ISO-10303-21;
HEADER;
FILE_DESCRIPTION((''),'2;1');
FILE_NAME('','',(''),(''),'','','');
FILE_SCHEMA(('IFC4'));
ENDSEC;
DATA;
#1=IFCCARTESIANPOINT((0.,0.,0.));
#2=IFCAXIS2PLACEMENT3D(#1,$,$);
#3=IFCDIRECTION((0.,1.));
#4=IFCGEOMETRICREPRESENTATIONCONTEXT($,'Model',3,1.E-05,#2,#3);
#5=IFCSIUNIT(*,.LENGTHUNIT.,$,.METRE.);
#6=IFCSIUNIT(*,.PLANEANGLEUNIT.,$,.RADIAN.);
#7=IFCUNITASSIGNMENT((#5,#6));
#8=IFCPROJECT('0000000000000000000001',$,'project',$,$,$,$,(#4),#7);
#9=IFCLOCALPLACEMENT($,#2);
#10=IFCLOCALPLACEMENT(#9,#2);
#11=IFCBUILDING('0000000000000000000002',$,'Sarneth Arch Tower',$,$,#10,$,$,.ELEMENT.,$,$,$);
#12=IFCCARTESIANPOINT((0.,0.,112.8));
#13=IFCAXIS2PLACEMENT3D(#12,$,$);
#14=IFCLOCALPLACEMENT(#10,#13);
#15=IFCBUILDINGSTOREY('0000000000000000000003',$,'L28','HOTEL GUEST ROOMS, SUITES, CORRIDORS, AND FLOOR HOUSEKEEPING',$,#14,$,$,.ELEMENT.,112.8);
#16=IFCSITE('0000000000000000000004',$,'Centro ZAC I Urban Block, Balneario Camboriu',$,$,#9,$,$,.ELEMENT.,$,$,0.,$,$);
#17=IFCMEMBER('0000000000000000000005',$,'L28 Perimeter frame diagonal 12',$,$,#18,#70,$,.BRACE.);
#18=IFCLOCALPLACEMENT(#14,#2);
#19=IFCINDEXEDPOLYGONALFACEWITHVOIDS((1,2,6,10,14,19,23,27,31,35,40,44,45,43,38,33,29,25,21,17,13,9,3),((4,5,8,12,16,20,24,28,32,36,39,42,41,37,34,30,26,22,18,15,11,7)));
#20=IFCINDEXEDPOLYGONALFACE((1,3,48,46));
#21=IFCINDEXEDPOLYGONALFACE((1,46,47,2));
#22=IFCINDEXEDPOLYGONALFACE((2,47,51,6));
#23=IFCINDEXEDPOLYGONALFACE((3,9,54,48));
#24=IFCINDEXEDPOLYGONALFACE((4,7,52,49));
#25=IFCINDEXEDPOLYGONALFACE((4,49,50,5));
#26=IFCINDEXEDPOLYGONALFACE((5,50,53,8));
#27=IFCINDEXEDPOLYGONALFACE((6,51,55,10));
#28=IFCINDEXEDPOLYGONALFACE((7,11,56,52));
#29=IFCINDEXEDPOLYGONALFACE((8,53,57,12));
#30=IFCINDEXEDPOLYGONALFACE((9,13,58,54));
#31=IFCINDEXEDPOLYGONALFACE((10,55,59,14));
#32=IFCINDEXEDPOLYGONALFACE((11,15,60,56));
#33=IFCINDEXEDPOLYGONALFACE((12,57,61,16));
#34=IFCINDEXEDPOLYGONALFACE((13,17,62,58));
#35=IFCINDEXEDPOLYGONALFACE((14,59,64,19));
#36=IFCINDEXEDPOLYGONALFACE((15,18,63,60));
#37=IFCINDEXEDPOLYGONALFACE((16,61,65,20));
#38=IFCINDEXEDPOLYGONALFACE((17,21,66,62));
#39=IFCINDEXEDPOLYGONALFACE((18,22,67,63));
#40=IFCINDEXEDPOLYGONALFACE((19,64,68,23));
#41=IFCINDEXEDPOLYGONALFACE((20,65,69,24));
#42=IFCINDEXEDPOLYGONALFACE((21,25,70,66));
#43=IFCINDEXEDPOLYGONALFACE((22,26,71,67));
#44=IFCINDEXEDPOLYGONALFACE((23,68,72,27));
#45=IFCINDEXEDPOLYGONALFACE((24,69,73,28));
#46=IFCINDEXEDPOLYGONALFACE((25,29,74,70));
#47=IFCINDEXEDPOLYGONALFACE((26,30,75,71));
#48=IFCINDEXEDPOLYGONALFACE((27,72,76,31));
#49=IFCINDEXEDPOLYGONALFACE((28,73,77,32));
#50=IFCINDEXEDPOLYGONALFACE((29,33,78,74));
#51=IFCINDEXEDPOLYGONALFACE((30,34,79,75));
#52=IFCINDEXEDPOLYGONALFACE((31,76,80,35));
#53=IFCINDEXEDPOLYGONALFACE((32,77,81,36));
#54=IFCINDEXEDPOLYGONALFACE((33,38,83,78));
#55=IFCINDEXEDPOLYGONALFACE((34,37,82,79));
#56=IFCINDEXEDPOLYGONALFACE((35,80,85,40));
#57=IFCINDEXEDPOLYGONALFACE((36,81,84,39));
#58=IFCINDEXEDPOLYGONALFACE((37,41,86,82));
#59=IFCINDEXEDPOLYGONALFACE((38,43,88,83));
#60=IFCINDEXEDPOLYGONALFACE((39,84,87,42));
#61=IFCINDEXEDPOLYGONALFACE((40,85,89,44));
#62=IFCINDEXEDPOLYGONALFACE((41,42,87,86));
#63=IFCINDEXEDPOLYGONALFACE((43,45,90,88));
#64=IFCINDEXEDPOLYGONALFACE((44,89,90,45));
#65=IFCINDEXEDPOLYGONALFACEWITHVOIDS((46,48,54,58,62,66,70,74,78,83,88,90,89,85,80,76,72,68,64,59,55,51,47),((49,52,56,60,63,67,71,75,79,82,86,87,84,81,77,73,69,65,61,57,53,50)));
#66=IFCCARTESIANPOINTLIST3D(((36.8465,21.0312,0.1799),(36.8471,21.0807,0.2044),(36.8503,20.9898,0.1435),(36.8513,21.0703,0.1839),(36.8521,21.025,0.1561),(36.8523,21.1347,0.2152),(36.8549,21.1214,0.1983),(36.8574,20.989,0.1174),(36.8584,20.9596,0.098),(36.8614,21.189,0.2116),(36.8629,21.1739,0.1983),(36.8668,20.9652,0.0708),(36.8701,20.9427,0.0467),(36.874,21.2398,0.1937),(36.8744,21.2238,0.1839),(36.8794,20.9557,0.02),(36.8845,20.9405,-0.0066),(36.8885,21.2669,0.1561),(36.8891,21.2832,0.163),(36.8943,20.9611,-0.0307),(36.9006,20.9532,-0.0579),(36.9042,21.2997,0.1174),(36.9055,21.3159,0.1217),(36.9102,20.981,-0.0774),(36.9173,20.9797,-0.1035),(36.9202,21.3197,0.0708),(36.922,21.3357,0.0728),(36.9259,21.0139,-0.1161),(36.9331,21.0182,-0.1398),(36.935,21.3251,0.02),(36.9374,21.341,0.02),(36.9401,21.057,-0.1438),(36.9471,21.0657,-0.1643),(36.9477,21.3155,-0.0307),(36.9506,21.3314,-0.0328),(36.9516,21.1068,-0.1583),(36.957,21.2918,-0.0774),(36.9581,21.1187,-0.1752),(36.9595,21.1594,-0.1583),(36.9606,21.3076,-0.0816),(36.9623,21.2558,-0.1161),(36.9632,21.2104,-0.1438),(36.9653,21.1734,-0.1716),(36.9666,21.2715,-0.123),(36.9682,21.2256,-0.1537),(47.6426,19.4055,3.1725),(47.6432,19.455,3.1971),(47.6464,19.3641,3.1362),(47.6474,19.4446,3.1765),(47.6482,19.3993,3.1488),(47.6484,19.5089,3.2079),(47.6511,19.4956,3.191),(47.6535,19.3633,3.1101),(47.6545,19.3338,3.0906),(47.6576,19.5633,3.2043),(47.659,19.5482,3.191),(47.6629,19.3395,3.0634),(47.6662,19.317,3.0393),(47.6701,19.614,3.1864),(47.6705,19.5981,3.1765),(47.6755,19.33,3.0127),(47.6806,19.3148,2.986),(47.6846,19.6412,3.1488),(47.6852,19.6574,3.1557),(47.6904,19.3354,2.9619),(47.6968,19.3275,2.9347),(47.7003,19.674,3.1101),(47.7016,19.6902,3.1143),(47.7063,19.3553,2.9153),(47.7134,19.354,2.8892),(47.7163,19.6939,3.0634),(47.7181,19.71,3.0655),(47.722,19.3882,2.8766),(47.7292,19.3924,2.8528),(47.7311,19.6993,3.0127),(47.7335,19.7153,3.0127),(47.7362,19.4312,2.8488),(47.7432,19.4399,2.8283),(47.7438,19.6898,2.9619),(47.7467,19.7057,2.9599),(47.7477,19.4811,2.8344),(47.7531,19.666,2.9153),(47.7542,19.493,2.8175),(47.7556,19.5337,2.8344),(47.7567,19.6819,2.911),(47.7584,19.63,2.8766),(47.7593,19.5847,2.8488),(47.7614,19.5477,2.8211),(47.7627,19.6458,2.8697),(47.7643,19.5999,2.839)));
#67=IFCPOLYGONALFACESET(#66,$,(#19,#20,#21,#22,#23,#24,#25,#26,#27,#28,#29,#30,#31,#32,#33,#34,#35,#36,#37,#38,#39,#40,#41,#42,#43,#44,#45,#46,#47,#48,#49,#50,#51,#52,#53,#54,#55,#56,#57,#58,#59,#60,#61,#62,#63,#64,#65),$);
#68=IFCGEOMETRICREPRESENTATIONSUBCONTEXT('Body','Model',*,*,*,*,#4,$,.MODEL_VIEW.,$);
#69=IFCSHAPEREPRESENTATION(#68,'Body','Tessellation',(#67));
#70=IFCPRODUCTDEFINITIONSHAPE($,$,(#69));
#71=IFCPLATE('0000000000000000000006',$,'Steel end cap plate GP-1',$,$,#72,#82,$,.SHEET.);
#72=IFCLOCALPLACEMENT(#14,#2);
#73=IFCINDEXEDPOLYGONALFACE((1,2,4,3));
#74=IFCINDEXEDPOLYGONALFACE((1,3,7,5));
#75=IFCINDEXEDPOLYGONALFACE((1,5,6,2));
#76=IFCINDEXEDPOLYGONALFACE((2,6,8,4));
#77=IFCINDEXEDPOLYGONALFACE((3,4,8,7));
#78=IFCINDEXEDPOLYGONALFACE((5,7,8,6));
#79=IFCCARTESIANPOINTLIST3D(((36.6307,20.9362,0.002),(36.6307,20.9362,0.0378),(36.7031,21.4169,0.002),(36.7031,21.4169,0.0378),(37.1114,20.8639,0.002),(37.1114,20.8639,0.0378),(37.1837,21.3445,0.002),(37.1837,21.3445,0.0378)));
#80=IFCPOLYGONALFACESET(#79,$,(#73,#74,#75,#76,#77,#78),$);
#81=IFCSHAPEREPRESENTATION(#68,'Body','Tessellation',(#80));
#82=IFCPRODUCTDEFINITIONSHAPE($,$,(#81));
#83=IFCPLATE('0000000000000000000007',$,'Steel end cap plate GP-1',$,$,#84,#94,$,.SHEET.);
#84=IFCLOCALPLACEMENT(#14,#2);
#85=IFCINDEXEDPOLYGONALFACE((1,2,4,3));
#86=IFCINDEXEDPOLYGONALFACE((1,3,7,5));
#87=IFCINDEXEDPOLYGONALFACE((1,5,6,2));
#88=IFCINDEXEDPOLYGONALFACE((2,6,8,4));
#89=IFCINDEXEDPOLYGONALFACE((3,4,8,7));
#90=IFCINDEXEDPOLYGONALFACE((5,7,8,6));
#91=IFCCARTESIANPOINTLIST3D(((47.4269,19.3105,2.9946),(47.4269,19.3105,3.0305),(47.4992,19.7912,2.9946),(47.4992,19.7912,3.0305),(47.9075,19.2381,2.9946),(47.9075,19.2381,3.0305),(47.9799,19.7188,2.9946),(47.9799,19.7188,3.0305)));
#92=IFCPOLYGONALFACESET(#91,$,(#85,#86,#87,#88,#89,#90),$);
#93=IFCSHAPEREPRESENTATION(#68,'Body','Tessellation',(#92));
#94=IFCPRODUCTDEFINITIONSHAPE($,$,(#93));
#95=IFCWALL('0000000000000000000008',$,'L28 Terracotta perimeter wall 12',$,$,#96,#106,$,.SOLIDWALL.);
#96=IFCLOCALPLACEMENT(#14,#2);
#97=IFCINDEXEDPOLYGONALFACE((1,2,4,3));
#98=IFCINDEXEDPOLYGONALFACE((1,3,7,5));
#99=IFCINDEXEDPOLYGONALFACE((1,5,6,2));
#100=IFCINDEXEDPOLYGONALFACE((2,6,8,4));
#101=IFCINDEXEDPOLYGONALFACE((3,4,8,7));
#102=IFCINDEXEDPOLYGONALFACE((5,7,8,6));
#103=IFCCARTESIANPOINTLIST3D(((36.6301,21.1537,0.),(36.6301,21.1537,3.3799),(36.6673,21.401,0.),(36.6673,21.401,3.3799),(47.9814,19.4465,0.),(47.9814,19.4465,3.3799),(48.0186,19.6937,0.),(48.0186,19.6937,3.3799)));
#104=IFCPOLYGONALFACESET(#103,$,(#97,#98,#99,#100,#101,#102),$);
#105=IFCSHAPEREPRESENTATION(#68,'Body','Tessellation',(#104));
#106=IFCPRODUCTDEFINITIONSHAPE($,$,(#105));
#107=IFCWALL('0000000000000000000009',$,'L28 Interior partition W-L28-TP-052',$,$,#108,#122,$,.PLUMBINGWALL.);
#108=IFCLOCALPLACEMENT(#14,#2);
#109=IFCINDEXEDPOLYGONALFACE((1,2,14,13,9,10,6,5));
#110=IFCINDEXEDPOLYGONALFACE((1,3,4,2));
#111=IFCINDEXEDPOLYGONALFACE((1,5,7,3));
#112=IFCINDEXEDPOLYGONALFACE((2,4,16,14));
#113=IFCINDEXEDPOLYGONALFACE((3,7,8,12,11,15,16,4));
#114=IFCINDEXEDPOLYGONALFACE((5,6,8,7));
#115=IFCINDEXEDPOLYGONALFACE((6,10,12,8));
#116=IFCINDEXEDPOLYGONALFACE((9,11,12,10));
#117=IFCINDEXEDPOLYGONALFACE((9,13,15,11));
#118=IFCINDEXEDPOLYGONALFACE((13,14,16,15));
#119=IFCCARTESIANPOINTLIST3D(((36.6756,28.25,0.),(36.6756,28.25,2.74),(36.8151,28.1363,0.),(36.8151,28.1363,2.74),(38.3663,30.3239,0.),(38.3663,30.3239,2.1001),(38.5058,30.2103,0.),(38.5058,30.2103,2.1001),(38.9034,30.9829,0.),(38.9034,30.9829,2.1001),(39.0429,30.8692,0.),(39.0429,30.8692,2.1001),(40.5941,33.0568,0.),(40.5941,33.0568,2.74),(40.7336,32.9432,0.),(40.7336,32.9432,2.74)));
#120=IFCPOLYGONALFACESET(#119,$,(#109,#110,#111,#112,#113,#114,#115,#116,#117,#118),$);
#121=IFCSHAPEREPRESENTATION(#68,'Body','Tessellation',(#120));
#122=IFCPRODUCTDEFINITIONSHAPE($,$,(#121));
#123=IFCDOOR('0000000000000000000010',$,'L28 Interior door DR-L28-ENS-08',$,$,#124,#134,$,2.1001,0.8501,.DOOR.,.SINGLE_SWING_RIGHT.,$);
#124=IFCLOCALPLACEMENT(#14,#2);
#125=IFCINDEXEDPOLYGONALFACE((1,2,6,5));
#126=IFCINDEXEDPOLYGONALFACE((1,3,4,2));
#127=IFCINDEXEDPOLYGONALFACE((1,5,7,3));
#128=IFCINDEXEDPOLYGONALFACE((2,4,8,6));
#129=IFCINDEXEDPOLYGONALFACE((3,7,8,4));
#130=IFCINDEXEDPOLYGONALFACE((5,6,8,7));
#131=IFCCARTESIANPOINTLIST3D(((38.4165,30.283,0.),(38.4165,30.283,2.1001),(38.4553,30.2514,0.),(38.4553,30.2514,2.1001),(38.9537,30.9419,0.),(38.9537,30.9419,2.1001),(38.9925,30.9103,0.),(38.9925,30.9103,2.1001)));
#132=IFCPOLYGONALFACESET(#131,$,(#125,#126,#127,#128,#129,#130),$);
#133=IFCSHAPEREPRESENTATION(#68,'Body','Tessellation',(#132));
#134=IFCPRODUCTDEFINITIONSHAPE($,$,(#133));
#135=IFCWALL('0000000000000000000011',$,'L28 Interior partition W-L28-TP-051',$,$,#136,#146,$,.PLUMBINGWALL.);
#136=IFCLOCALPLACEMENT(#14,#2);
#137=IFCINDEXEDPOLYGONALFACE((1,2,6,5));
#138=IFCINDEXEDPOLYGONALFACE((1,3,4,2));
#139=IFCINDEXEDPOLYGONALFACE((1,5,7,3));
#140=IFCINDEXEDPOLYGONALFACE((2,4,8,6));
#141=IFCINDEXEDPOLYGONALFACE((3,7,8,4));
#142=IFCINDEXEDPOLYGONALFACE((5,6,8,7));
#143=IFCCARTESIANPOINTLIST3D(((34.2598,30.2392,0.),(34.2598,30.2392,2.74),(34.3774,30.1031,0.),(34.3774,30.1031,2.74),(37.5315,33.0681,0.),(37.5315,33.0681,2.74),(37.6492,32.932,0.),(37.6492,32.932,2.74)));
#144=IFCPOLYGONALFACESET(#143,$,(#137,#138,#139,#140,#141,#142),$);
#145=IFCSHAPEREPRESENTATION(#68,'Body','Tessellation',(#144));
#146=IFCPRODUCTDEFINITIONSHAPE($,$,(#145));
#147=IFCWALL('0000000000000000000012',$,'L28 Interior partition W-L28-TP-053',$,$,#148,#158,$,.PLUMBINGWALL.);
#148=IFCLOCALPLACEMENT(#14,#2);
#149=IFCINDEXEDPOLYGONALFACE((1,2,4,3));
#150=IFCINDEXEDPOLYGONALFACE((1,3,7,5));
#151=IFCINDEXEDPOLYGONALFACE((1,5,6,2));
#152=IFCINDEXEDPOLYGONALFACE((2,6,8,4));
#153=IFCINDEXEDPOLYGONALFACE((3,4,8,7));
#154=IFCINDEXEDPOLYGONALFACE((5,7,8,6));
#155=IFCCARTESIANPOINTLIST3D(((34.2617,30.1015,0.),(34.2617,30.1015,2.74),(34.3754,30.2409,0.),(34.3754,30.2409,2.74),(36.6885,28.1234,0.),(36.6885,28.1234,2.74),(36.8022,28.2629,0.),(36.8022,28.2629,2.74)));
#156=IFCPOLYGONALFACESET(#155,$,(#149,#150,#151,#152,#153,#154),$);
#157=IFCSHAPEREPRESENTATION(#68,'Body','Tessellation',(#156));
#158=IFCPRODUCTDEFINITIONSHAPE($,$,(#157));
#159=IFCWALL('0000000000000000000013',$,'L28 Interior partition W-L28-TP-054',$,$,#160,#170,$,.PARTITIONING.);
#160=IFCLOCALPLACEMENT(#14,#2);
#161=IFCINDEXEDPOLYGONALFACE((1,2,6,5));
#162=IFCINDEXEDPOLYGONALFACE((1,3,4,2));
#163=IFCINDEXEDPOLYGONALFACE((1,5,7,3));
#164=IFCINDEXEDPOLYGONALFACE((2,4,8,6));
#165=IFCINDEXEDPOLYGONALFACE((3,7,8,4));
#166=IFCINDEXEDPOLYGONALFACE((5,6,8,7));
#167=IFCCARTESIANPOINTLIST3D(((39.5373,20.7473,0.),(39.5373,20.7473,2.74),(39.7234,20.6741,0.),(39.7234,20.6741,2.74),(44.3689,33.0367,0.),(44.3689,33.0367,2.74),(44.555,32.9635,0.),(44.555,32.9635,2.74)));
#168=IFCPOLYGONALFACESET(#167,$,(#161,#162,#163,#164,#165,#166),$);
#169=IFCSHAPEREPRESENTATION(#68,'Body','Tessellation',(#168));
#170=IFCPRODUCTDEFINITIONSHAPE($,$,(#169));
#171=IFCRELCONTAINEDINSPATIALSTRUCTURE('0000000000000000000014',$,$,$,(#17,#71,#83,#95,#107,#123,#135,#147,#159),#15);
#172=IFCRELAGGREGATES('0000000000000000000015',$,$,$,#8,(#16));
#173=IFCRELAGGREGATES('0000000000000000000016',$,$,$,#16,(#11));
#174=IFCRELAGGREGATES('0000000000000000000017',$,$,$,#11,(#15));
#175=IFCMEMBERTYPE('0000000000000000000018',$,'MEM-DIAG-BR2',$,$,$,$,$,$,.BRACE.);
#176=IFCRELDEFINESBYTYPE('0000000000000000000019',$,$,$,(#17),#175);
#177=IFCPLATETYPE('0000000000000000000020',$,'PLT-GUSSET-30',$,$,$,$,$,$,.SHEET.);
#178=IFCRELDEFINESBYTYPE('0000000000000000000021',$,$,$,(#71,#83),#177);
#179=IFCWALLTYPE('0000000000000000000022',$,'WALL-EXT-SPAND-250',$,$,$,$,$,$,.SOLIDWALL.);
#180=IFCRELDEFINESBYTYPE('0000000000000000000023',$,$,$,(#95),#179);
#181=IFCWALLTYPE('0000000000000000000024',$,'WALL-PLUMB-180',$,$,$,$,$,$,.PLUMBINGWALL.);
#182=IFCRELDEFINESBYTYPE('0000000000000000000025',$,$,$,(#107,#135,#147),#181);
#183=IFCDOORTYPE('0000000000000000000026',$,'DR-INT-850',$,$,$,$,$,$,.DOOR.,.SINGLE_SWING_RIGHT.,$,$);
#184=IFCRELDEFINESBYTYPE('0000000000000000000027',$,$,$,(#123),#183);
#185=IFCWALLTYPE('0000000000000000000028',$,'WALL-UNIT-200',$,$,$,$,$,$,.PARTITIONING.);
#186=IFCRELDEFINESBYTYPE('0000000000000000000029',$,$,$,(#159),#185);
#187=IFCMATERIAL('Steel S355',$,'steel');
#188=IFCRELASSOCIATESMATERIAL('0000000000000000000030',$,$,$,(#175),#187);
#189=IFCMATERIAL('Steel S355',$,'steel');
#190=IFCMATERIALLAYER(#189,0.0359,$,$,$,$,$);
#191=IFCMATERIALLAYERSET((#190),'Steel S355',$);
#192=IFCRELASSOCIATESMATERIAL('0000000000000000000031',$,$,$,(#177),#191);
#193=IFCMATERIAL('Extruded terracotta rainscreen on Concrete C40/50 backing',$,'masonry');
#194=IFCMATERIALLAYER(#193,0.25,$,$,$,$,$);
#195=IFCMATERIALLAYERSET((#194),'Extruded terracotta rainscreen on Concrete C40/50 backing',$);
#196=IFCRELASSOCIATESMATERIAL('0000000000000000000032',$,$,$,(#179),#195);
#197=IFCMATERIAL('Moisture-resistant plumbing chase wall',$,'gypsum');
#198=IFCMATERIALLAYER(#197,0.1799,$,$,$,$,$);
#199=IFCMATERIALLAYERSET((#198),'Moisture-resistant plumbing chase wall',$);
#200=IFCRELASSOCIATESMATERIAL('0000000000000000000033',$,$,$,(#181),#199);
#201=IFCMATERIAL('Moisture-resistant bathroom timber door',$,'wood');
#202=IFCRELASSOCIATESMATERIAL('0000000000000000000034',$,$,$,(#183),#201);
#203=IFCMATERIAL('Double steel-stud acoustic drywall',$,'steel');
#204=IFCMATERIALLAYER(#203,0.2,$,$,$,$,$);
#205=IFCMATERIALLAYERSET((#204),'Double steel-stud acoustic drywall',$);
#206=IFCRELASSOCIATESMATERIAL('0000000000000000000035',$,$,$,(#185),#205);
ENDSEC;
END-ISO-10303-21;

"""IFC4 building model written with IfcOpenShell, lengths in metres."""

from ifc_helpers import new_model, si_unit, direction, frame, frame_2d, origin, origin_2d, place, context, subcontext, project, spatial, rectangle, hollow_circle, extrude, material, layer, layer_set, material_profile, profile_set, type_object, element, fill, save


model = new_model("IFC4")

# Units and contexts
model_context = context("Model", 3, precision=1e-05, world=origin(), true_north=direction((0.0, 1.0)))
body_context = subcontext(model_context, "Body", "Model", "MODEL_VIEW")
ifc_project = project(units=[si_unit("LENGTHUNIT", "METRE"), si_unit("PLANEANGLEUNIT", "RADIAN")], contexts=[model_context])

# Site, building, storey
site_placement = place(None, origin())
site = spatial("IfcSite", under=ifc_project, at=site_placement, Name="Centro ZAC I Urban Block, Balneario Camboriu", CompositionType="ELEMENT", RefElevation=0.0)
building_placement = place(site_placement, origin())
building = spatial("IfcBuilding", under=site, at=building_placement, Name="Sarneth Arch Tower", CompositionType="ELEMENT")
storey_placement = place(building_placement, frame((0.0, 0.0, 112.8)))
storey = spatial("IfcBuildingStorey", under=building, at=storey_placement, Name="L28", Description="HOTEL GUEST ROOMS, SUITES, CORRIDORS, AND FLOOR HOUSEKEEPING", CompositionType="ELEMENT", Elevation=112.8)

# Member
ifc_material_1 = material(Name="Steel S355", Category="steel")
ifc_material_profile_1 = material_profile(ifc_material_1, hollow_circle(Radius=0.2029, WallThickness=0.0161, at=origin_2d()), Name="CHS406x16")
ifc_profile_set_1 = profile_set([ifc_material_profile_1], Name="Steel S355")
member_type_1 = type_object("IfcMemberType", Name="MEM-DIAG-BR2", PredefinedType="BRACE", material=ifc_profile_set_1)
member_1_placement = place(storey_placement, frame((36.9072, 21.1404, 0.02), z_axis=(0.953673, -0.143608, 0.264357), x_axis=(0.148906, 0.988851, 0.0)))
element("IfcMember", 1, at=member_1_placement, inside=storey, type_object=member_type_1, Name="L28 Perimeter frame diagonal 12", PredefinedType="BRACE", context=body_context, shape_type="SweptSolid", body=[
    extrude(hollow_circle(Radius=0.2029, WallThickness=0.0161, at=origin_2d()), origin(), (0.0, 0.0, 1.0), 11.3206),
])

# Plates
ifc_material_2 = material(Name="Steel S355", Category="steel")
ifc_layer_1 = layer(ifc_material_2, 0.0359)
ifc_layer_set_1 = layer_set([ifc_layer_1], Name="Steel S355")
plate_type = type_object("IfcPlateType", Name="PLT-GUSSET-30", PredefinedType="SHEET", material=ifc_layer_set_1)
for number, where, z_axis, x_axis, name in (
    (2, (36.9072, 21.1404, 0.002), (0.0, 0.0, 1.0), (0.988861, -0.148845, 0.0), "Steel end cap plate GP-1"),
    (3, (47.7034, 19.5146, 2.9946), (0.0, 0.0, 1.0), (0.988861, -0.148845, 0.0), "Steel end cap plate GP-1"),
):
    element("IfcPlate", number, at=place(storey_placement, frame(where, z_axis=z_axis, x_axis=x_axis)), inside=storey, type_object=plate_type, Name=name, PredefinedType="SHEET", context=body_context, shape_type="SweptSolid", body=[
        extrude(rectangle(XDim=0.4861, YDim=0.4861, at=origin_2d()), origin(), (0.0, 0.0, 1.0), 0.0359),
    ])

# Wall
ifc_material_3 = material(Name="Extruded terracotta rainscreen on Concrete C40/50 backing", Category="masonry")
ifc_layer_2 = layer(ifc_material_3, 0.25)
ifc_layer_set_2 = layer_set([ifc_layer_2], Name="Extruded terracotta rainscreen on Concrete C40/50 backing")
wall_type_1 = type_object("IfcWallType", Name="WALL-EXT-SPAND-250", PredefinedType="SOLIDWALL", material=ifc_layer_set_2)
wall_1_placement = place(storey_placement, frame((36.6487, 21.2773, 0.0), z_axis=(0.0, 0.0, 1.0), x_axis=(0.988878, -0.14873, 0.0)))
element("IfcWall", 4, at=wall_1_placement, inside=storey, type_object=wall_type_1, Name="L28 Terracotta perimeter wall 12", PredefinedType="SOLIDWALL", context=body_context, shape_type="SweptSolid", body=[
    extrude(rectangle(XDim=11.479, YDim=0.25, at=frame_2d((5.7395, 0.0))), origin(), (0.0, 0.0, 1.0), 3.3799),
])

# Wall, opening, door
ifc_material_4 = material(Name="Moisture-resistant plumbing chase wall", Category="gypsum")
ifc_layer_3 = layer(ifc_material_4, 0.1799)
ifc_layer_set_3 = layer_set([ifc_layer_3], Name="Moisture-resistant plumbing chase wall")
wall_type_2 = type_object("IfcWallType", Name="WALL-PLUMB-180", PredefinedType="PLUMBINGWALL", material=ifc_layer_set_3)
wall_2_placement = place(storey_placement, frame((40.6638, 33.0, 0.0), z_axis=(0.0, 0.0, 1.0), x_axis=(-0.631841, -0.775098, 0.0)))
wall_2 = element("IfcWall", 5, at=wall_2_placement, inside=storey, type_object=wall_type_2, Name="L28 Interior partition W-L28-TP-052", PredefinedType="PLUMBINGWALL", context=body_context, shape_type="SweptSolid", body=[
    extrude(rectangle(XDim=6.2017, YDim=0.1799, at=frame_2d((3.1008, 0.0))), origin(), (0.0, 0.0, 1.0), 2.74),
])
opening_1_placement = place(wall_2_placement, frame((2.6758, 0.0, 0.0)))
opening_1 = element("IfcOpeningElement", 6, at=opening_1_placement, cuts=wall_2, PredefinedType="OPENING", context=body_context, shape_type="SweptSolid", body=[
    extrude(rectangle(XDim=0.8501, YDim=2.1001, at=frame_2d((0.425, 1.05))), frame((0.0, 0.0999, 0.0), z_axis=(0.0, -1.0, 0.0), x_axis=(1.0, 0.0, 0.0)), (0.0, 0.0, 1.0), 0.2),
])
ifc_material_5 = material(Name="Moisture-resistant bathroom timber door", Category="wood")
door_type_1 = type_object("IfcDoorType", Name="DR-INT-850", OperationType="SINGLE_SWING_RIGHT", PredefinedType="DOOR", material=ifc_material_5)
door_1_placement = place(opening_1_placement, origin())
door_1 = element("IfcDoor", 7, at=door_1_placement, inside=storey, type_object=door_type_1, Name="L28 Interior door DR-L28-ENS-08", OperationType="SINGLE_SWING_RIGHT", OverallHeight=2.1001, OverallWidth=0.8501, PredefinedType="DOOR", context=body_context, shape_type="SweptSolid", body=[
    extrude(rectangle(XDim=0.8501, YDim=2.1001, at=frame_2d((0.425, 1.05))), frame((0.0, 0.0249, 0.0), z_axis=(0.0, -1.0, 0.0), x_axis=(1.0, 0.0, 0.0)), (0.0, 0.0, 1.0), 0.05),
])
fill(opening_1, door_1)

# Walls
wall_3_placement = place(storey_placement, frame((34.3186, 30.1711, 0.0), z_axis=(0.0, 0.0, 1.0), x_axis=(0.756448, 0.654053, 0.0)))
element("IfcWall", 8, at=wall_3_placement, inside=storey, type_object=wall_type_2, Name="L28 Interior partition W-L28-TP-051", PredefinedType="PLUMBINGWALL", context=body_context, shape_type="SweptSolid", body=[
    extrude(rectangle(XDim=4.3252, YDim=0.1799, at=frame_2d((2.1626, 0.0))), origin(), (0.0, 0.0, 1.0), 2.74),
])
wall_4_placement = place(storey_placement, frame((36.7454, 28.1931, 0.0), z_axis=(0.0, 0.0, 1.0), x_axis=(-0.77513, 0.631801, 0.0)))
element("IfcWall", 9, at=wall_4_placement, inside=storey, type_object=wall_type_2, Name="L28 Interior partition W-L28-TP-053", PredefinedType="PLUMBINGWALL", context=body_context, shape_type="SweptSolid", body=[
    extrude(rectangle(XDim=3.1309, YDim=0.1799, at=frame_2d((1.5654, 0.0))), origin(), (0.0, 0.0, 1.0), 2.74),
])
ifc_material_6 = material(Name="Double steel-stud acoustic drywall", Category="steel")
ifc_layer_4 = layer(ifc_material_6, 0.2)
ifc_layer_set_4 = layer_set([ifc_layer_4], Name="Double steel-stud acoustic drywall")
wall_type_3 = type_object("IfcWallType", Name="WALL-UNIT-200", PredefinedType="PARTITIONING", material=ifc_layer_set_4)
wall_5_placement = place(storey_placement, frame((39.6304, 20.7107, 0.0), z_axis=(0.0, 0.0, 1.0), x_axis=(0.365889, 0.930659, 0.0)))
element("IfcWall", 10, at=wall_5_placement, inside=storey, type_object=wall_type_3, Name="L28 Interior partition W-L28-TP-054", PredefinedType="PARTITIONING", context=body_context, shape_type="SweptSolid", body=[
    extrude(rectangle(XDim=13.2051, YDim=0.2, at=frame_2d((6.6025, 0.0))), origin(), (0.0, 0.0, 1.0), 2.74),
])

save(model, "model.ifc")
